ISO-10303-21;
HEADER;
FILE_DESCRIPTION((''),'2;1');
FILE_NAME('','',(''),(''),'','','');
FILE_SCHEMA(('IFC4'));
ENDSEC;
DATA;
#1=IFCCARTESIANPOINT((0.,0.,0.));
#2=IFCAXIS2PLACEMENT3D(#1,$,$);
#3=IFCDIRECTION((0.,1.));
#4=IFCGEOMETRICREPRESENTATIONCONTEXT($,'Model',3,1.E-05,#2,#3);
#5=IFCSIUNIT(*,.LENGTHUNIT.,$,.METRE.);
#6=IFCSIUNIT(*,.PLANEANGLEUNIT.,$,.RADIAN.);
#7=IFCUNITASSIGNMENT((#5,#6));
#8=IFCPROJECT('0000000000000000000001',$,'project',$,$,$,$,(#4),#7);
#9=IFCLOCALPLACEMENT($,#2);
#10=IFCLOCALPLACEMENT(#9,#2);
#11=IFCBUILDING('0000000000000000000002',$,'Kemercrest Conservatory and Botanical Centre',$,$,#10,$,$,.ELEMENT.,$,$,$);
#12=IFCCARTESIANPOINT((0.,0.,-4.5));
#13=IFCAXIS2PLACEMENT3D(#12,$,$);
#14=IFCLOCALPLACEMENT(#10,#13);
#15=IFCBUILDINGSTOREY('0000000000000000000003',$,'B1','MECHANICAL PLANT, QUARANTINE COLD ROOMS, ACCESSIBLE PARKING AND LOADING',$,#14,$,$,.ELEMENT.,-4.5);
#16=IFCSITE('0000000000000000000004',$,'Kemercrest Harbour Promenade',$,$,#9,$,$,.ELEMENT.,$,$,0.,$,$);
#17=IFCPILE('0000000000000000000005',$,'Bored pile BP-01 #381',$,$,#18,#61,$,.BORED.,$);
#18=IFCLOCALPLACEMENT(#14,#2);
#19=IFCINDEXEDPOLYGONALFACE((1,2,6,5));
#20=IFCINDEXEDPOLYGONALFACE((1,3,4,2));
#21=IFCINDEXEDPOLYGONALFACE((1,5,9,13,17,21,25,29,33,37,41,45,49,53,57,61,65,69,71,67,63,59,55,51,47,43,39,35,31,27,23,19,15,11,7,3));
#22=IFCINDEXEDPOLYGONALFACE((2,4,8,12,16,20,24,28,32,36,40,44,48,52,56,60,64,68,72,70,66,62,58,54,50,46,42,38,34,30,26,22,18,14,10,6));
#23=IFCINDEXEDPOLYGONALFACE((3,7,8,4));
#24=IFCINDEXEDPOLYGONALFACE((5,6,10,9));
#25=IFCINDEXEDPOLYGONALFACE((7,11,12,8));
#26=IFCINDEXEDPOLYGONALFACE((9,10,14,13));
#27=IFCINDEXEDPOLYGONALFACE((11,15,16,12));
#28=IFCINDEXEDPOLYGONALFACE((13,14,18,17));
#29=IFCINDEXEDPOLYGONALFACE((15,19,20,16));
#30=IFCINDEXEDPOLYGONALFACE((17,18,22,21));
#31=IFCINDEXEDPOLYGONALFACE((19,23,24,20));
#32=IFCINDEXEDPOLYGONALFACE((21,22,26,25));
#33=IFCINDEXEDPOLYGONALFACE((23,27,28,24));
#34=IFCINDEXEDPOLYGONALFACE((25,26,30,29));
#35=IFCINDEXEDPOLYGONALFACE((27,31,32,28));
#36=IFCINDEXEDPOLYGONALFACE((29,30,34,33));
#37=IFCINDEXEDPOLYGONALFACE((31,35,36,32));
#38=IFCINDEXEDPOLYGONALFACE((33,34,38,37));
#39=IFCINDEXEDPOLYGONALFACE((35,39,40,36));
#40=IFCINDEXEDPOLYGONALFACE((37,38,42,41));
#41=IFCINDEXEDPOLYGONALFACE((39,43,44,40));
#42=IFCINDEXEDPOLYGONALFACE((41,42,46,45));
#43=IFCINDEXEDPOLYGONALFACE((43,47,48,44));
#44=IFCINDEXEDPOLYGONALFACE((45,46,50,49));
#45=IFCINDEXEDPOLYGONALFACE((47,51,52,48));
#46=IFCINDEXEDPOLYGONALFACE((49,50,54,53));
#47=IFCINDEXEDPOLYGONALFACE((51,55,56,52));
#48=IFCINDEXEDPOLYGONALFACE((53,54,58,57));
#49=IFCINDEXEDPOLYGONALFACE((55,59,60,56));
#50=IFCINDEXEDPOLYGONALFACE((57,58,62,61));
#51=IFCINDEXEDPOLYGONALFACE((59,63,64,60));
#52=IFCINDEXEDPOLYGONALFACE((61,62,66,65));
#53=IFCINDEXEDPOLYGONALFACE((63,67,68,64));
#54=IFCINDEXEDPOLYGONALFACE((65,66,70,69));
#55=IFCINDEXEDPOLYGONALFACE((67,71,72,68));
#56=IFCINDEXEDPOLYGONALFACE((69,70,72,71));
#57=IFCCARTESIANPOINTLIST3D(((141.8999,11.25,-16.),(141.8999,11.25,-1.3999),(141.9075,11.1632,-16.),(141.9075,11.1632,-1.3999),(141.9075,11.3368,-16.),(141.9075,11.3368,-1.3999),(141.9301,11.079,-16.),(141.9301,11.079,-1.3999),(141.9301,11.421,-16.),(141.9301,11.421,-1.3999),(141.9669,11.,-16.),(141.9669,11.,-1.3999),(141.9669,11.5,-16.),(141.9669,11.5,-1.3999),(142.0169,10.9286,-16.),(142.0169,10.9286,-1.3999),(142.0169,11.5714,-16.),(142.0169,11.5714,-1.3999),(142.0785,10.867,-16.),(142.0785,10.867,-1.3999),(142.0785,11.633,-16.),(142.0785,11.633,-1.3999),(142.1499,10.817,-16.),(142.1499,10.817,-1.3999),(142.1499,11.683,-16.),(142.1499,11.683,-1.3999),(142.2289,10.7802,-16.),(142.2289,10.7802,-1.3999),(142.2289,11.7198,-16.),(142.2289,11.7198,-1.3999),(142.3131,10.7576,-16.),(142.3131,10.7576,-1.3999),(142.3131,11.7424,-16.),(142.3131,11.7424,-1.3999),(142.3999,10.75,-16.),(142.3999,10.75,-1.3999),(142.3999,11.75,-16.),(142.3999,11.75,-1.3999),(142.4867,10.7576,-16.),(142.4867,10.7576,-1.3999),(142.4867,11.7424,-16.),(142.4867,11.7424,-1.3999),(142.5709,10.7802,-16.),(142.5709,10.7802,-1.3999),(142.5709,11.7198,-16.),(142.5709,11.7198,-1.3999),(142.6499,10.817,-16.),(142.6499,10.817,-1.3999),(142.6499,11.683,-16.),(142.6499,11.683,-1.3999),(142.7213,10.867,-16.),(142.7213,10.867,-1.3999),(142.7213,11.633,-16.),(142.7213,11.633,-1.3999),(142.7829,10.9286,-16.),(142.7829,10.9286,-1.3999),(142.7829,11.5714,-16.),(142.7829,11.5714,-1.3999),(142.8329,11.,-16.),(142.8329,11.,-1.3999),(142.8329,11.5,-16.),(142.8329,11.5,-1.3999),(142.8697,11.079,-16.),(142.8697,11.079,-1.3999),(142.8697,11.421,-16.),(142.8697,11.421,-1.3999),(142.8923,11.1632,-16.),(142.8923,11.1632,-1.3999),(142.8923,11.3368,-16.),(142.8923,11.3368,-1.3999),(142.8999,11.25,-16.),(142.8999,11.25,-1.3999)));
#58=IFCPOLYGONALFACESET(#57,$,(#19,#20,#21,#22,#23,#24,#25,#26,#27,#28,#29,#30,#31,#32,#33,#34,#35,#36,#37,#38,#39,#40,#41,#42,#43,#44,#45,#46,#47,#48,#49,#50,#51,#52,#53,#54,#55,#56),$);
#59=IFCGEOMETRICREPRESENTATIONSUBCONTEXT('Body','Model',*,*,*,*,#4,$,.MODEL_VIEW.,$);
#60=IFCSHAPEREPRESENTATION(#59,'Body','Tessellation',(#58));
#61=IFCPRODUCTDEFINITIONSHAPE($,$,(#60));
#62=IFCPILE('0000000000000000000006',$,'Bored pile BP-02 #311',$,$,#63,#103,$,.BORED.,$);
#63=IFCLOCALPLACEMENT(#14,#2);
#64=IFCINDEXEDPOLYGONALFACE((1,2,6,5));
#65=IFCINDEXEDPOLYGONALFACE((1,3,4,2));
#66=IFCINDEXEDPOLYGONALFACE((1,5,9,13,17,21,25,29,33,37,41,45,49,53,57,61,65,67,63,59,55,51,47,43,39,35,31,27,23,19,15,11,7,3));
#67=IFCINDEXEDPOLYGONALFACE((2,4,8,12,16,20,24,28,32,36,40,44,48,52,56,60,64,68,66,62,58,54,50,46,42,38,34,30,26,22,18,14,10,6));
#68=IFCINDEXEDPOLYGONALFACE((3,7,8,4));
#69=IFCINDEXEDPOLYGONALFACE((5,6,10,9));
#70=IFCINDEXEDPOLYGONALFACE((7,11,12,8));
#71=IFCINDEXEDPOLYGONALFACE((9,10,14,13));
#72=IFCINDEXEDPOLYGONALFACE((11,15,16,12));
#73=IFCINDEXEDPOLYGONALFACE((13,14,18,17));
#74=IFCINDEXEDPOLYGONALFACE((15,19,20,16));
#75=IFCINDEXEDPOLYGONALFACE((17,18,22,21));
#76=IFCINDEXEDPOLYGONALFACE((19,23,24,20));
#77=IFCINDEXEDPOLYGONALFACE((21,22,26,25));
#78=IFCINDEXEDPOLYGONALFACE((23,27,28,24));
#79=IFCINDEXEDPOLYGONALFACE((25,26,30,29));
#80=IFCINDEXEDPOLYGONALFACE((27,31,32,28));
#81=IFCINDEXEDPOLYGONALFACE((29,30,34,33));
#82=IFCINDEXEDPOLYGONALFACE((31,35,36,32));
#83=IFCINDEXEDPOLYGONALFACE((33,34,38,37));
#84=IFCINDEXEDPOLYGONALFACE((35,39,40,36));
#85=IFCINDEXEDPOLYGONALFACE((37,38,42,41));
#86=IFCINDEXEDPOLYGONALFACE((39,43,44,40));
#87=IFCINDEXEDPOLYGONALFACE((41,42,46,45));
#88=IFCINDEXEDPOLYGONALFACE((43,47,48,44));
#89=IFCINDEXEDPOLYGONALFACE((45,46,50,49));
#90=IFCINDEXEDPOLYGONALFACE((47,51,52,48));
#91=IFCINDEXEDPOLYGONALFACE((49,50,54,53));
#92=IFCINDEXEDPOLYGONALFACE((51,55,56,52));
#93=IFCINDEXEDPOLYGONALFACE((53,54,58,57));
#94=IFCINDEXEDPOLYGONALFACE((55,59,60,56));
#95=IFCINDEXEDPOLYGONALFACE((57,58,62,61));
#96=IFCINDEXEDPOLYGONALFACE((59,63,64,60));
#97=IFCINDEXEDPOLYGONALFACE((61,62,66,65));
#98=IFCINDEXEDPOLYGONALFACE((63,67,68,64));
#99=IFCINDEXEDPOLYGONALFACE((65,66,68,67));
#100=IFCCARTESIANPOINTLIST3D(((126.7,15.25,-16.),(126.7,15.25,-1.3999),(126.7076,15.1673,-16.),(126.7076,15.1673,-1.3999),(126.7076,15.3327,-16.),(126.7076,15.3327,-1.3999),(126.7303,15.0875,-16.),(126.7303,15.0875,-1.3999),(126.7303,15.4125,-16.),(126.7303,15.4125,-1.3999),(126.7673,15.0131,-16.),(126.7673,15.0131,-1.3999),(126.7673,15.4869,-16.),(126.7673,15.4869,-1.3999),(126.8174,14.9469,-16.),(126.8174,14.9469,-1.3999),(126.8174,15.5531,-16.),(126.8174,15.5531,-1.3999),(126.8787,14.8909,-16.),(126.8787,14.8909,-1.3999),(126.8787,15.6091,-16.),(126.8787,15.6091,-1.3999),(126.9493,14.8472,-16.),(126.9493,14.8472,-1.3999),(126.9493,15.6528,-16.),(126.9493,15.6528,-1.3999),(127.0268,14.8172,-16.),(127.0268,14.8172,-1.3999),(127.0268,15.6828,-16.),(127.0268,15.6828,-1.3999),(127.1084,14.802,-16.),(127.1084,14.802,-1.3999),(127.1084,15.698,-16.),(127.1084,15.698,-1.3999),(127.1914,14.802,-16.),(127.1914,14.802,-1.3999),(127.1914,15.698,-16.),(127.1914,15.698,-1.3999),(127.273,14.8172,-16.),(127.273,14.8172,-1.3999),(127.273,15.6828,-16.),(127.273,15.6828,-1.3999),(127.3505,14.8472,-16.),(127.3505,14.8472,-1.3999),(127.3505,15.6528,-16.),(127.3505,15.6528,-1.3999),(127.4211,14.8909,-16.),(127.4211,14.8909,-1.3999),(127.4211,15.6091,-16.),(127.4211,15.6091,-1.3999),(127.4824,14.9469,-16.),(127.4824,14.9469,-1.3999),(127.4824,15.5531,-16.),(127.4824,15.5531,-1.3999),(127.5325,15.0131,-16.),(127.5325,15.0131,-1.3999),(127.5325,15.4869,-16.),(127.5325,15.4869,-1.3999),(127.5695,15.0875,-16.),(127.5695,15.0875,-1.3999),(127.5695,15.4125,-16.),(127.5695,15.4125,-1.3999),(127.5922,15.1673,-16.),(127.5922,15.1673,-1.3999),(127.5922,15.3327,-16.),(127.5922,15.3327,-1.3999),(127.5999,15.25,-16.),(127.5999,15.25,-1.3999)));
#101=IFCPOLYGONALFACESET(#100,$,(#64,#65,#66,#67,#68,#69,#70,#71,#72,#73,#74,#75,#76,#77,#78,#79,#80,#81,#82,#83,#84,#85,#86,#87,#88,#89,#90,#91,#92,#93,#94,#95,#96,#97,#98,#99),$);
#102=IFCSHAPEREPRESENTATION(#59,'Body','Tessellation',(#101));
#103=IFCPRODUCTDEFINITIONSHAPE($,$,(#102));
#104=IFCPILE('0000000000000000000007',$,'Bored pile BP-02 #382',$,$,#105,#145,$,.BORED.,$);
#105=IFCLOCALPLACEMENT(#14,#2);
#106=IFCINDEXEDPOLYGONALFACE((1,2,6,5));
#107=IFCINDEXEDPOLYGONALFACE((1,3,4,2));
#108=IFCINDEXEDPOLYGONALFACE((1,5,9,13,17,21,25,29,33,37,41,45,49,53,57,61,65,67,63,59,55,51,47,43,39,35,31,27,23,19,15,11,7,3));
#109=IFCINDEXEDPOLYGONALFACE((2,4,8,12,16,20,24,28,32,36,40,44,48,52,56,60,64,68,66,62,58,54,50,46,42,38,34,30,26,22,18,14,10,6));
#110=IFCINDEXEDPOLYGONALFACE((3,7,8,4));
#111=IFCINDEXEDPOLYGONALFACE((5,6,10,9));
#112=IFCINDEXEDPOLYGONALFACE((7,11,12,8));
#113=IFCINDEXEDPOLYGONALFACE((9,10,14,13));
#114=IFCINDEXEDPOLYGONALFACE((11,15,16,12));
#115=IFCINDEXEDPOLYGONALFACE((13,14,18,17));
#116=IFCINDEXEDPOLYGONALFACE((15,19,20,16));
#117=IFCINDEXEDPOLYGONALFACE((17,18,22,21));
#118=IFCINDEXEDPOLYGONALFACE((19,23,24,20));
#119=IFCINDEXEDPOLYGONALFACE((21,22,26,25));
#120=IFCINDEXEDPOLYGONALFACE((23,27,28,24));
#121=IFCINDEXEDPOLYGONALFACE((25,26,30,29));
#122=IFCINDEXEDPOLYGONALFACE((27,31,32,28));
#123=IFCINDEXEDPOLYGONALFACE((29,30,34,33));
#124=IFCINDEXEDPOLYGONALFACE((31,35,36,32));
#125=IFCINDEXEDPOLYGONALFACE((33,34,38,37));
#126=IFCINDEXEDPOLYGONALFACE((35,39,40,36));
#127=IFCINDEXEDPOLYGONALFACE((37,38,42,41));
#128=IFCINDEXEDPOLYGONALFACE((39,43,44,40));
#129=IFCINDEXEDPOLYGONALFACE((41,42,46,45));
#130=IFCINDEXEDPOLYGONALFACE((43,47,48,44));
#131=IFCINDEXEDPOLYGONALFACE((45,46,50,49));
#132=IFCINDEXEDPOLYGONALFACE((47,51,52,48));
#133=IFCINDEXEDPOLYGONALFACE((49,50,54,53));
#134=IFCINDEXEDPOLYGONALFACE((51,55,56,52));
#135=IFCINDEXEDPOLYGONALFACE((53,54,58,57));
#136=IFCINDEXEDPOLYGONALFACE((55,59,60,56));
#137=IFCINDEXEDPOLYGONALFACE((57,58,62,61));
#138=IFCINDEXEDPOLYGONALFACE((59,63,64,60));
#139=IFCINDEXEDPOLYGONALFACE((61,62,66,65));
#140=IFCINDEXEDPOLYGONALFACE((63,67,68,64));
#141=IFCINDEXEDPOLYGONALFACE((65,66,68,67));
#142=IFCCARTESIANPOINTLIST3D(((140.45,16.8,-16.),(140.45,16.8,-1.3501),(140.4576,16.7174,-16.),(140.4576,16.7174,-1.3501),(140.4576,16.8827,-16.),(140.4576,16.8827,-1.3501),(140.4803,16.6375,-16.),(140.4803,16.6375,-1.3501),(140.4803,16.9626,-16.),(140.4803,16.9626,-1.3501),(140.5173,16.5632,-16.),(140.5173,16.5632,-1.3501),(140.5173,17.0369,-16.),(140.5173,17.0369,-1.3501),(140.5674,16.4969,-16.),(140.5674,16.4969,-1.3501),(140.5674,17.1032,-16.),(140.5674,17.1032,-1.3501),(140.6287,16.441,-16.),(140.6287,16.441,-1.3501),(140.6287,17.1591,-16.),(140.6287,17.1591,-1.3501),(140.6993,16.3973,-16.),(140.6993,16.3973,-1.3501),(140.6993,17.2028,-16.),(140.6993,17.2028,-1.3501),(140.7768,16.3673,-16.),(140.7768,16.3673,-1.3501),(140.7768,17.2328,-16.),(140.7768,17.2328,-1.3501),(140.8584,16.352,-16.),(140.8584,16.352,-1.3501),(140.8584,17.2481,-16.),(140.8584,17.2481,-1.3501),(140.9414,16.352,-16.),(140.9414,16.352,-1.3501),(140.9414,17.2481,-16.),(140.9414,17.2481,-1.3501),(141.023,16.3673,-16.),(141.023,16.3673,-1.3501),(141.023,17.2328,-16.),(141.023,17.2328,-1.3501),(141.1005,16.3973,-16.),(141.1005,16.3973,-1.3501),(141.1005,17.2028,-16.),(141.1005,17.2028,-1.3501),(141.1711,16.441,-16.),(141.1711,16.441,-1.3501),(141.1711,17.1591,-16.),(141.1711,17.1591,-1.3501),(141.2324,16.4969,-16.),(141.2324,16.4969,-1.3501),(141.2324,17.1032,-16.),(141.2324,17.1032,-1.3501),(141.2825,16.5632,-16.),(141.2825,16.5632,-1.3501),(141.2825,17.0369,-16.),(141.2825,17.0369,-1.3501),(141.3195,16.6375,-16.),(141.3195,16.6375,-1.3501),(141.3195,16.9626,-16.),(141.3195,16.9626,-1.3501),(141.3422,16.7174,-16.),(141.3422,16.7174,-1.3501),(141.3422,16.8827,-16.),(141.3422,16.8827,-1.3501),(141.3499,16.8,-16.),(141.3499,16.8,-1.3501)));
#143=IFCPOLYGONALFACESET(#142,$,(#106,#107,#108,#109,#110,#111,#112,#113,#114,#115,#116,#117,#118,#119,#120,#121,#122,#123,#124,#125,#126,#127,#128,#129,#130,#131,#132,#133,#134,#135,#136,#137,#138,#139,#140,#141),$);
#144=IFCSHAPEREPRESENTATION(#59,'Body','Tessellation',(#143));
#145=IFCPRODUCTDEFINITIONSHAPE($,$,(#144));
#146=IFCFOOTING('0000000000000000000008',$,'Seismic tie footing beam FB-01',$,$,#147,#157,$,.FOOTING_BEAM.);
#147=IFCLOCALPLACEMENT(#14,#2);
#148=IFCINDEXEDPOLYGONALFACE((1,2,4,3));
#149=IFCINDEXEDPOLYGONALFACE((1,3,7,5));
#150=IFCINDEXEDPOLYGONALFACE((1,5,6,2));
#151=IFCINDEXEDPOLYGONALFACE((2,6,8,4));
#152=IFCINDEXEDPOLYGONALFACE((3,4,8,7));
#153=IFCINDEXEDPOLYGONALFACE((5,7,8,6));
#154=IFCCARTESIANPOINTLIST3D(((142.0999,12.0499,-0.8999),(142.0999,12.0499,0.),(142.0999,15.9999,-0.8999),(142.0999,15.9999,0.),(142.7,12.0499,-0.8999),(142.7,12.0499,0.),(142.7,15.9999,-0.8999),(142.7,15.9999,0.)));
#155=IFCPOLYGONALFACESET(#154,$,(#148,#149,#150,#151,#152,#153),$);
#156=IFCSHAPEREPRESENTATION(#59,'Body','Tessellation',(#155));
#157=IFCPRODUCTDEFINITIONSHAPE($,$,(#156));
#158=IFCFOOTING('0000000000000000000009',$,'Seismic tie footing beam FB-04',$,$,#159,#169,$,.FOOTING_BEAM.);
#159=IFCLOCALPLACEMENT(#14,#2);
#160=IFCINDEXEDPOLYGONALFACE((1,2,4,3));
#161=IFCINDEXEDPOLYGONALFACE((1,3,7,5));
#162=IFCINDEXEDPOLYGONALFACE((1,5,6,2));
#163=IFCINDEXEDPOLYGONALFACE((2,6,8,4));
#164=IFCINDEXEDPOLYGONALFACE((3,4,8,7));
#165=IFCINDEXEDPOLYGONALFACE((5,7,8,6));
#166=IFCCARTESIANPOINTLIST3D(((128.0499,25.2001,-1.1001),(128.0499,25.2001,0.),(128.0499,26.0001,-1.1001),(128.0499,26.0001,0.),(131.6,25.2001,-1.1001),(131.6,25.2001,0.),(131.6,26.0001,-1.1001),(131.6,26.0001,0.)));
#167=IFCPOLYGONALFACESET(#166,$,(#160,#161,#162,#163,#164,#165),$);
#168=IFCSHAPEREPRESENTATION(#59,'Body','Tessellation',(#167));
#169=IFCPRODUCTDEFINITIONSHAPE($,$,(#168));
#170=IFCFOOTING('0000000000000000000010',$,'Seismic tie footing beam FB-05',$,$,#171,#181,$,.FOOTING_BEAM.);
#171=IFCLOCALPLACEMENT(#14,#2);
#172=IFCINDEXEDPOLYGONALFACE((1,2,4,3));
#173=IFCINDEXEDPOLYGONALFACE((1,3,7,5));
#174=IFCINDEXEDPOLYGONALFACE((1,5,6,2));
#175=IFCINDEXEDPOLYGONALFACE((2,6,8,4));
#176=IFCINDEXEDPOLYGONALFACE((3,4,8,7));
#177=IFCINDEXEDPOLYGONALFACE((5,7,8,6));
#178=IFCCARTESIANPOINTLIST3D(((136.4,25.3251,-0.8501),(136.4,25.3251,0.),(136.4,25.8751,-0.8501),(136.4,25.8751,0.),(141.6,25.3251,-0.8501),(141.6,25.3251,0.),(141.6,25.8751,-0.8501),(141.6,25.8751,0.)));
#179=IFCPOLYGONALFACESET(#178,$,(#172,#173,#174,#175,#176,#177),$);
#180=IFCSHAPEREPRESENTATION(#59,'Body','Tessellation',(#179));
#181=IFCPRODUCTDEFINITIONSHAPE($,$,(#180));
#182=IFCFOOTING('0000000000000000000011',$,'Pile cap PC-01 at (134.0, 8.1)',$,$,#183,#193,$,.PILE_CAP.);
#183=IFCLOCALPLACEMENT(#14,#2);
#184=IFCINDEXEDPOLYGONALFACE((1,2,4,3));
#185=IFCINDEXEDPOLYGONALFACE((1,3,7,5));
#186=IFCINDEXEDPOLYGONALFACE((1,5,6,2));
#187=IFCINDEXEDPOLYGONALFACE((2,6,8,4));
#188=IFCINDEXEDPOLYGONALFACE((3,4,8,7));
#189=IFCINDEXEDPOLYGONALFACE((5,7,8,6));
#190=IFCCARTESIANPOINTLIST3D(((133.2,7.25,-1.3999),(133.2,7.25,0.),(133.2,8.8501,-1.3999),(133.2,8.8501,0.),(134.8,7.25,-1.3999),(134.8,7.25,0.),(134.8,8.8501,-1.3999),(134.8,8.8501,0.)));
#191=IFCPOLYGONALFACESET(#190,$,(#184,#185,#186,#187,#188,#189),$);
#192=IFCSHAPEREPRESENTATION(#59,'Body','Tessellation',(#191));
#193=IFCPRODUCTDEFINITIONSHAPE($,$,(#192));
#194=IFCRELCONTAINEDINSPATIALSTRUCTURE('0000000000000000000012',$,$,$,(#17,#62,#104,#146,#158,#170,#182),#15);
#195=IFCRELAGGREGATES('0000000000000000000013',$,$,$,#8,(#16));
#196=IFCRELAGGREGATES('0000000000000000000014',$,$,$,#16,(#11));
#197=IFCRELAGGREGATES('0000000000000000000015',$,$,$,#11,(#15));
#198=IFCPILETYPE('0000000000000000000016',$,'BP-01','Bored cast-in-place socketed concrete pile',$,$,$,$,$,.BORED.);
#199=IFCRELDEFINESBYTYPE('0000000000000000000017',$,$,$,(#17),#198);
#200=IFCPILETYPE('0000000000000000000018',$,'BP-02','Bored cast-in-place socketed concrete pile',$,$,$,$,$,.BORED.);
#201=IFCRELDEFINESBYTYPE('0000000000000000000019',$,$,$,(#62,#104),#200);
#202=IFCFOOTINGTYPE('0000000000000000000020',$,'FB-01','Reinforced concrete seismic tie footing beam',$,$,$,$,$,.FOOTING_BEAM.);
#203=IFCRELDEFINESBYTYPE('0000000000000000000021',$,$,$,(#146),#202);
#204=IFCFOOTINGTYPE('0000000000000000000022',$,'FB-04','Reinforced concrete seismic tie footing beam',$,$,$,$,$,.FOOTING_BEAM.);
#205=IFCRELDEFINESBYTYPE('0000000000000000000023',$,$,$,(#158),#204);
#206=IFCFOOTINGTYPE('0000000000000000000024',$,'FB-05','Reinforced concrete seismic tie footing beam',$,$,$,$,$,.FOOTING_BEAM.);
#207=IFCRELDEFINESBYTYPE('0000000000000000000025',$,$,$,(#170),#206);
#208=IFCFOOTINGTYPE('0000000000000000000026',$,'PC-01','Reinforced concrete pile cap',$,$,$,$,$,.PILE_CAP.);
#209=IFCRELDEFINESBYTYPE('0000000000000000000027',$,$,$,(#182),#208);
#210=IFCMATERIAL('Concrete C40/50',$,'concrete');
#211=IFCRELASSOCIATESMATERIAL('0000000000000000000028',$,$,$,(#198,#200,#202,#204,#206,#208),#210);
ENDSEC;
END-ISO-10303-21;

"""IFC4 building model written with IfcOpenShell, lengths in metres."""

from ifc_helpers import new_model, si_unit, direction, frame, origin, origin_2d, place, context, subcontext, project, spatial, rectangle, circle, extrude, material, material_profile, profile_set, type_object, element, save


model = new_model("IFC4")

# Units and contexts
model_context = context("Model", 3, precision=1e-05, world=origin(), true_north=direction((0.0, 1.0)))
body_context = subcontext(model_context, "Body", "Model", "MODEL_VIEW")
ifc_project = project(units=[si_unit("LENGTHUNIT", "METRE"), si_unit("PLANEANGLEUNIT", "RADIAN")], contexts=[model_context])

# Site, building, storey
site_placement = place(None, origin())
site = spatial("IfcSite", under=ifc_project, at=site_placement, Name="Kemercrest Harbour Promenade", CompositionType="ELEMENT", RefElevation=0.0)
building_placement = place(site_placement, origin())
building = spatial("IfcBuilding", under=site, at=building_placement, Name="Kemercrest Conservatory and Botanical Centre", CompositionType="ELEMENT")
storey_placement = place(building_placement, frame((0.0, 0.0, -4.5)))
storey = spatial("IfcBuildingStorey", under=building, at=storey_placement, Name="B1", Description="MECHANICAL PLANT, QUARANTINE COLD ROOMS, ACCESSIBLE PARKING AND LOADING", CompositionType="ELEMENT", Elevation=-4.5)

# Piles
ifc_material_1 = material(Name="Concrete C40/50", Category="concrete")
ifc_material_profile_1 = material_profile(ifc_material_1, circle(Radius=0.5, at=origin_2d()), Name="BORED PILE 1000")
ifc_profile_set_1 = profile_set([ifc_material_profile_1], Name="Concrete C40/50")
pile_type_1 = type_object("IfcPileType", Name="BP-01", Description="Bored cast-in-place socketed concrete pile", PredefinedType="BORED", material=ifc_profile_set_1)
for number, where, z_axis, x_axis, name in (
    (1, (142.3999, 11.25, -1.3999), (0.0, 0.0, -1.0), (1.0, 0.0, 0.0), "Bored pile BP-01 #381"),
):
    element("IfcPile", number, at=place(storey_placement, frame(where, z_axis=z_axis, x_axis=x_axis)), inside=storey, type_object=pile_type_1, Name=name, PredefinedType="BORED", context=body_context, shape_type="SweptSolid", body=[
        extrude(circle(Radius=0.5, at=origin_2d()), origin(), (0.0, 0.0, 1.0), 14.6001),
    ])
ifc_material_profile_2 = material_profile(ifc_material_1, circle(Radius=0.45, at=origin_2d()), Name="BORED PILE 900")
ifc_profile_set_2 = profile_set([ifc_material_profile_2], Name="Concrete C40/50")
pile_type_2 = type_object("IfcPileType", Name="BP-02", Description="Bored cast-in-place socketed concrete pile", PredefinedType="BORED", material=ifc_profile_set_2)
pile_1_placement = place(storey_placement, frame((127.1499, 15.25, -1.3999), z_axis=(0.0, 0.0, -1.0), x_axis=(1.0, 0.0, 0.0)))
element("IfcPile", 2, at=pile_1_placement, inside=storey, type_object=pile_type_2, Name="Bored pile BP-02 #311", PredefinedType="BORED", context=body_context, shape_type="SweptSolid", body=[
    extrude(circle(Radius=0.45, at=origin_2d()), origin(), (0.0, 0.0, 1.0), 14.6001),
])
pile_2_placement = place(storey_placement, frame((140.8999, 16.8, -1.3501), z_axis=(0.0, 0.0, -1.0), x_axis=(1.0, 0.0, 0.0)))
element("IfcPile", 3, at=pile_2_placement, inside=storey, type_object=pile_type_2, Name="Bored pile BP-02 #382", PredefinedType="BORED", context=body_context, shape_type="SweptSolid", body=[
    extrude(circle(Radius=0.45, at=origin_2d()), origin(), (0.0, 0.0, 1.0), 14.6499),
])

# Footings
footing_type_1 = type_object("IfcFootingType", Name="FB-01", Description="Reinforced concrete seismic tie footing beam", PredefinedType="FOOTING_BEAM", material=ifc_material_1)
footing_1_placement = place(storey_placement, frame((142.3999, 14.0249, -0.8999), z_axis=(0.0, 0.0, 1.0), x_axis=(1.0, 0.0, 0.0)))
element("IfcFooting", 4, at=footing_1_placement, inside=storey, type_object=footing_type_1, Name="Seismic tie footing beam FB-01", PredefinedType="FOOTING_BEAM", context=body_context, shape_type="SweptSolid", body=[
    extrude(rectangle(XDim=0.6001, YDim=3.95, at=origin_2d()), origin(), (0.0, 0.0, 1.0), 0.8999),
])
footing_type_2 = type_object("IfcFootingType", Name="FB-04", Description="Reinforced concrete seismic tie footing beam", PredefinedType="FOOTING_BEAM", material=ifc_material_1)
footing_2_placement = place(storey_placement, frame((129.825, 25.6001, -1.1001), z_axis=(0.0, 0.0, 1.0), x_axis=(1.0, 0.0, 0.0)))
element("IfcFooting", 5, at=footing_2_placement, inside=storey, type_object=footing_type_2, Name="Seismic tie footing beam FB-04", PredefinedType="FOOTING_BEAM", context=body_context, shape_type="SweptSolid", body=[
    extrude(rectangle(XDim=3.55, YDim=0.8, at=origin_2d()), origin(), (0.0, 0.0, 1.0), 1.1001),
])
footing_type_3 = type_object("IfcFootingType", Name="FB-05", Description="Reinforced concrete seismic tie footing beam", PredefinedType="FOOTING_BEAM", material=ifc_material_1)
footing_3_placement = place(storey_placement, frame((139.0, 25.6001, -0.8501), z_axis=(0.0, 0.0, 1.0), x_axis=(1.0, 0.0, 0.0)))
element("IfcFooting", 6, at=footing_3_placement, inside=storey, type_object=footing_type_3, Name="Seismic tie footing beam FB-05", PredefinedType="FOOTING_BEAM", context=body_context, shape_type="SweptSolid", body=[
    extrude(rectangle(XDim=5.2, YDim=0.55, at=origin_2d()), origin(), (0.0, 0.0, 1.0), 0.8501),
])
footing_type_4 = type_object("IfcFootingType", Name="PC-01", Description="Reinforced concrete pile cap", PredefinedType="PILE_CAP", material=ifc_material_1)
footing_4_placement = place(storey_placement, frame((134.0, 8.05, -1.3999), z_axis=(0.0, 0.0, 1.0), x_axis=(1.0, 0.0, 0.0)))
element("IfcFooting", 7, at=footing_4_placement, inside=storey, type_object=footing_type_4, Name="Pile cap PC-01 at (134.0, 8.1)", PredefinedType="PILE_CAP", context=body_context, shape_type="SweptSolid", body=[
    extrude(rectangle(XDim=1.6001, YDim=1.6001, at=origin_2d()), origin(), (0.0, 0.0, 1.0), 1.3999),
])

save(model, "model.ifc")
